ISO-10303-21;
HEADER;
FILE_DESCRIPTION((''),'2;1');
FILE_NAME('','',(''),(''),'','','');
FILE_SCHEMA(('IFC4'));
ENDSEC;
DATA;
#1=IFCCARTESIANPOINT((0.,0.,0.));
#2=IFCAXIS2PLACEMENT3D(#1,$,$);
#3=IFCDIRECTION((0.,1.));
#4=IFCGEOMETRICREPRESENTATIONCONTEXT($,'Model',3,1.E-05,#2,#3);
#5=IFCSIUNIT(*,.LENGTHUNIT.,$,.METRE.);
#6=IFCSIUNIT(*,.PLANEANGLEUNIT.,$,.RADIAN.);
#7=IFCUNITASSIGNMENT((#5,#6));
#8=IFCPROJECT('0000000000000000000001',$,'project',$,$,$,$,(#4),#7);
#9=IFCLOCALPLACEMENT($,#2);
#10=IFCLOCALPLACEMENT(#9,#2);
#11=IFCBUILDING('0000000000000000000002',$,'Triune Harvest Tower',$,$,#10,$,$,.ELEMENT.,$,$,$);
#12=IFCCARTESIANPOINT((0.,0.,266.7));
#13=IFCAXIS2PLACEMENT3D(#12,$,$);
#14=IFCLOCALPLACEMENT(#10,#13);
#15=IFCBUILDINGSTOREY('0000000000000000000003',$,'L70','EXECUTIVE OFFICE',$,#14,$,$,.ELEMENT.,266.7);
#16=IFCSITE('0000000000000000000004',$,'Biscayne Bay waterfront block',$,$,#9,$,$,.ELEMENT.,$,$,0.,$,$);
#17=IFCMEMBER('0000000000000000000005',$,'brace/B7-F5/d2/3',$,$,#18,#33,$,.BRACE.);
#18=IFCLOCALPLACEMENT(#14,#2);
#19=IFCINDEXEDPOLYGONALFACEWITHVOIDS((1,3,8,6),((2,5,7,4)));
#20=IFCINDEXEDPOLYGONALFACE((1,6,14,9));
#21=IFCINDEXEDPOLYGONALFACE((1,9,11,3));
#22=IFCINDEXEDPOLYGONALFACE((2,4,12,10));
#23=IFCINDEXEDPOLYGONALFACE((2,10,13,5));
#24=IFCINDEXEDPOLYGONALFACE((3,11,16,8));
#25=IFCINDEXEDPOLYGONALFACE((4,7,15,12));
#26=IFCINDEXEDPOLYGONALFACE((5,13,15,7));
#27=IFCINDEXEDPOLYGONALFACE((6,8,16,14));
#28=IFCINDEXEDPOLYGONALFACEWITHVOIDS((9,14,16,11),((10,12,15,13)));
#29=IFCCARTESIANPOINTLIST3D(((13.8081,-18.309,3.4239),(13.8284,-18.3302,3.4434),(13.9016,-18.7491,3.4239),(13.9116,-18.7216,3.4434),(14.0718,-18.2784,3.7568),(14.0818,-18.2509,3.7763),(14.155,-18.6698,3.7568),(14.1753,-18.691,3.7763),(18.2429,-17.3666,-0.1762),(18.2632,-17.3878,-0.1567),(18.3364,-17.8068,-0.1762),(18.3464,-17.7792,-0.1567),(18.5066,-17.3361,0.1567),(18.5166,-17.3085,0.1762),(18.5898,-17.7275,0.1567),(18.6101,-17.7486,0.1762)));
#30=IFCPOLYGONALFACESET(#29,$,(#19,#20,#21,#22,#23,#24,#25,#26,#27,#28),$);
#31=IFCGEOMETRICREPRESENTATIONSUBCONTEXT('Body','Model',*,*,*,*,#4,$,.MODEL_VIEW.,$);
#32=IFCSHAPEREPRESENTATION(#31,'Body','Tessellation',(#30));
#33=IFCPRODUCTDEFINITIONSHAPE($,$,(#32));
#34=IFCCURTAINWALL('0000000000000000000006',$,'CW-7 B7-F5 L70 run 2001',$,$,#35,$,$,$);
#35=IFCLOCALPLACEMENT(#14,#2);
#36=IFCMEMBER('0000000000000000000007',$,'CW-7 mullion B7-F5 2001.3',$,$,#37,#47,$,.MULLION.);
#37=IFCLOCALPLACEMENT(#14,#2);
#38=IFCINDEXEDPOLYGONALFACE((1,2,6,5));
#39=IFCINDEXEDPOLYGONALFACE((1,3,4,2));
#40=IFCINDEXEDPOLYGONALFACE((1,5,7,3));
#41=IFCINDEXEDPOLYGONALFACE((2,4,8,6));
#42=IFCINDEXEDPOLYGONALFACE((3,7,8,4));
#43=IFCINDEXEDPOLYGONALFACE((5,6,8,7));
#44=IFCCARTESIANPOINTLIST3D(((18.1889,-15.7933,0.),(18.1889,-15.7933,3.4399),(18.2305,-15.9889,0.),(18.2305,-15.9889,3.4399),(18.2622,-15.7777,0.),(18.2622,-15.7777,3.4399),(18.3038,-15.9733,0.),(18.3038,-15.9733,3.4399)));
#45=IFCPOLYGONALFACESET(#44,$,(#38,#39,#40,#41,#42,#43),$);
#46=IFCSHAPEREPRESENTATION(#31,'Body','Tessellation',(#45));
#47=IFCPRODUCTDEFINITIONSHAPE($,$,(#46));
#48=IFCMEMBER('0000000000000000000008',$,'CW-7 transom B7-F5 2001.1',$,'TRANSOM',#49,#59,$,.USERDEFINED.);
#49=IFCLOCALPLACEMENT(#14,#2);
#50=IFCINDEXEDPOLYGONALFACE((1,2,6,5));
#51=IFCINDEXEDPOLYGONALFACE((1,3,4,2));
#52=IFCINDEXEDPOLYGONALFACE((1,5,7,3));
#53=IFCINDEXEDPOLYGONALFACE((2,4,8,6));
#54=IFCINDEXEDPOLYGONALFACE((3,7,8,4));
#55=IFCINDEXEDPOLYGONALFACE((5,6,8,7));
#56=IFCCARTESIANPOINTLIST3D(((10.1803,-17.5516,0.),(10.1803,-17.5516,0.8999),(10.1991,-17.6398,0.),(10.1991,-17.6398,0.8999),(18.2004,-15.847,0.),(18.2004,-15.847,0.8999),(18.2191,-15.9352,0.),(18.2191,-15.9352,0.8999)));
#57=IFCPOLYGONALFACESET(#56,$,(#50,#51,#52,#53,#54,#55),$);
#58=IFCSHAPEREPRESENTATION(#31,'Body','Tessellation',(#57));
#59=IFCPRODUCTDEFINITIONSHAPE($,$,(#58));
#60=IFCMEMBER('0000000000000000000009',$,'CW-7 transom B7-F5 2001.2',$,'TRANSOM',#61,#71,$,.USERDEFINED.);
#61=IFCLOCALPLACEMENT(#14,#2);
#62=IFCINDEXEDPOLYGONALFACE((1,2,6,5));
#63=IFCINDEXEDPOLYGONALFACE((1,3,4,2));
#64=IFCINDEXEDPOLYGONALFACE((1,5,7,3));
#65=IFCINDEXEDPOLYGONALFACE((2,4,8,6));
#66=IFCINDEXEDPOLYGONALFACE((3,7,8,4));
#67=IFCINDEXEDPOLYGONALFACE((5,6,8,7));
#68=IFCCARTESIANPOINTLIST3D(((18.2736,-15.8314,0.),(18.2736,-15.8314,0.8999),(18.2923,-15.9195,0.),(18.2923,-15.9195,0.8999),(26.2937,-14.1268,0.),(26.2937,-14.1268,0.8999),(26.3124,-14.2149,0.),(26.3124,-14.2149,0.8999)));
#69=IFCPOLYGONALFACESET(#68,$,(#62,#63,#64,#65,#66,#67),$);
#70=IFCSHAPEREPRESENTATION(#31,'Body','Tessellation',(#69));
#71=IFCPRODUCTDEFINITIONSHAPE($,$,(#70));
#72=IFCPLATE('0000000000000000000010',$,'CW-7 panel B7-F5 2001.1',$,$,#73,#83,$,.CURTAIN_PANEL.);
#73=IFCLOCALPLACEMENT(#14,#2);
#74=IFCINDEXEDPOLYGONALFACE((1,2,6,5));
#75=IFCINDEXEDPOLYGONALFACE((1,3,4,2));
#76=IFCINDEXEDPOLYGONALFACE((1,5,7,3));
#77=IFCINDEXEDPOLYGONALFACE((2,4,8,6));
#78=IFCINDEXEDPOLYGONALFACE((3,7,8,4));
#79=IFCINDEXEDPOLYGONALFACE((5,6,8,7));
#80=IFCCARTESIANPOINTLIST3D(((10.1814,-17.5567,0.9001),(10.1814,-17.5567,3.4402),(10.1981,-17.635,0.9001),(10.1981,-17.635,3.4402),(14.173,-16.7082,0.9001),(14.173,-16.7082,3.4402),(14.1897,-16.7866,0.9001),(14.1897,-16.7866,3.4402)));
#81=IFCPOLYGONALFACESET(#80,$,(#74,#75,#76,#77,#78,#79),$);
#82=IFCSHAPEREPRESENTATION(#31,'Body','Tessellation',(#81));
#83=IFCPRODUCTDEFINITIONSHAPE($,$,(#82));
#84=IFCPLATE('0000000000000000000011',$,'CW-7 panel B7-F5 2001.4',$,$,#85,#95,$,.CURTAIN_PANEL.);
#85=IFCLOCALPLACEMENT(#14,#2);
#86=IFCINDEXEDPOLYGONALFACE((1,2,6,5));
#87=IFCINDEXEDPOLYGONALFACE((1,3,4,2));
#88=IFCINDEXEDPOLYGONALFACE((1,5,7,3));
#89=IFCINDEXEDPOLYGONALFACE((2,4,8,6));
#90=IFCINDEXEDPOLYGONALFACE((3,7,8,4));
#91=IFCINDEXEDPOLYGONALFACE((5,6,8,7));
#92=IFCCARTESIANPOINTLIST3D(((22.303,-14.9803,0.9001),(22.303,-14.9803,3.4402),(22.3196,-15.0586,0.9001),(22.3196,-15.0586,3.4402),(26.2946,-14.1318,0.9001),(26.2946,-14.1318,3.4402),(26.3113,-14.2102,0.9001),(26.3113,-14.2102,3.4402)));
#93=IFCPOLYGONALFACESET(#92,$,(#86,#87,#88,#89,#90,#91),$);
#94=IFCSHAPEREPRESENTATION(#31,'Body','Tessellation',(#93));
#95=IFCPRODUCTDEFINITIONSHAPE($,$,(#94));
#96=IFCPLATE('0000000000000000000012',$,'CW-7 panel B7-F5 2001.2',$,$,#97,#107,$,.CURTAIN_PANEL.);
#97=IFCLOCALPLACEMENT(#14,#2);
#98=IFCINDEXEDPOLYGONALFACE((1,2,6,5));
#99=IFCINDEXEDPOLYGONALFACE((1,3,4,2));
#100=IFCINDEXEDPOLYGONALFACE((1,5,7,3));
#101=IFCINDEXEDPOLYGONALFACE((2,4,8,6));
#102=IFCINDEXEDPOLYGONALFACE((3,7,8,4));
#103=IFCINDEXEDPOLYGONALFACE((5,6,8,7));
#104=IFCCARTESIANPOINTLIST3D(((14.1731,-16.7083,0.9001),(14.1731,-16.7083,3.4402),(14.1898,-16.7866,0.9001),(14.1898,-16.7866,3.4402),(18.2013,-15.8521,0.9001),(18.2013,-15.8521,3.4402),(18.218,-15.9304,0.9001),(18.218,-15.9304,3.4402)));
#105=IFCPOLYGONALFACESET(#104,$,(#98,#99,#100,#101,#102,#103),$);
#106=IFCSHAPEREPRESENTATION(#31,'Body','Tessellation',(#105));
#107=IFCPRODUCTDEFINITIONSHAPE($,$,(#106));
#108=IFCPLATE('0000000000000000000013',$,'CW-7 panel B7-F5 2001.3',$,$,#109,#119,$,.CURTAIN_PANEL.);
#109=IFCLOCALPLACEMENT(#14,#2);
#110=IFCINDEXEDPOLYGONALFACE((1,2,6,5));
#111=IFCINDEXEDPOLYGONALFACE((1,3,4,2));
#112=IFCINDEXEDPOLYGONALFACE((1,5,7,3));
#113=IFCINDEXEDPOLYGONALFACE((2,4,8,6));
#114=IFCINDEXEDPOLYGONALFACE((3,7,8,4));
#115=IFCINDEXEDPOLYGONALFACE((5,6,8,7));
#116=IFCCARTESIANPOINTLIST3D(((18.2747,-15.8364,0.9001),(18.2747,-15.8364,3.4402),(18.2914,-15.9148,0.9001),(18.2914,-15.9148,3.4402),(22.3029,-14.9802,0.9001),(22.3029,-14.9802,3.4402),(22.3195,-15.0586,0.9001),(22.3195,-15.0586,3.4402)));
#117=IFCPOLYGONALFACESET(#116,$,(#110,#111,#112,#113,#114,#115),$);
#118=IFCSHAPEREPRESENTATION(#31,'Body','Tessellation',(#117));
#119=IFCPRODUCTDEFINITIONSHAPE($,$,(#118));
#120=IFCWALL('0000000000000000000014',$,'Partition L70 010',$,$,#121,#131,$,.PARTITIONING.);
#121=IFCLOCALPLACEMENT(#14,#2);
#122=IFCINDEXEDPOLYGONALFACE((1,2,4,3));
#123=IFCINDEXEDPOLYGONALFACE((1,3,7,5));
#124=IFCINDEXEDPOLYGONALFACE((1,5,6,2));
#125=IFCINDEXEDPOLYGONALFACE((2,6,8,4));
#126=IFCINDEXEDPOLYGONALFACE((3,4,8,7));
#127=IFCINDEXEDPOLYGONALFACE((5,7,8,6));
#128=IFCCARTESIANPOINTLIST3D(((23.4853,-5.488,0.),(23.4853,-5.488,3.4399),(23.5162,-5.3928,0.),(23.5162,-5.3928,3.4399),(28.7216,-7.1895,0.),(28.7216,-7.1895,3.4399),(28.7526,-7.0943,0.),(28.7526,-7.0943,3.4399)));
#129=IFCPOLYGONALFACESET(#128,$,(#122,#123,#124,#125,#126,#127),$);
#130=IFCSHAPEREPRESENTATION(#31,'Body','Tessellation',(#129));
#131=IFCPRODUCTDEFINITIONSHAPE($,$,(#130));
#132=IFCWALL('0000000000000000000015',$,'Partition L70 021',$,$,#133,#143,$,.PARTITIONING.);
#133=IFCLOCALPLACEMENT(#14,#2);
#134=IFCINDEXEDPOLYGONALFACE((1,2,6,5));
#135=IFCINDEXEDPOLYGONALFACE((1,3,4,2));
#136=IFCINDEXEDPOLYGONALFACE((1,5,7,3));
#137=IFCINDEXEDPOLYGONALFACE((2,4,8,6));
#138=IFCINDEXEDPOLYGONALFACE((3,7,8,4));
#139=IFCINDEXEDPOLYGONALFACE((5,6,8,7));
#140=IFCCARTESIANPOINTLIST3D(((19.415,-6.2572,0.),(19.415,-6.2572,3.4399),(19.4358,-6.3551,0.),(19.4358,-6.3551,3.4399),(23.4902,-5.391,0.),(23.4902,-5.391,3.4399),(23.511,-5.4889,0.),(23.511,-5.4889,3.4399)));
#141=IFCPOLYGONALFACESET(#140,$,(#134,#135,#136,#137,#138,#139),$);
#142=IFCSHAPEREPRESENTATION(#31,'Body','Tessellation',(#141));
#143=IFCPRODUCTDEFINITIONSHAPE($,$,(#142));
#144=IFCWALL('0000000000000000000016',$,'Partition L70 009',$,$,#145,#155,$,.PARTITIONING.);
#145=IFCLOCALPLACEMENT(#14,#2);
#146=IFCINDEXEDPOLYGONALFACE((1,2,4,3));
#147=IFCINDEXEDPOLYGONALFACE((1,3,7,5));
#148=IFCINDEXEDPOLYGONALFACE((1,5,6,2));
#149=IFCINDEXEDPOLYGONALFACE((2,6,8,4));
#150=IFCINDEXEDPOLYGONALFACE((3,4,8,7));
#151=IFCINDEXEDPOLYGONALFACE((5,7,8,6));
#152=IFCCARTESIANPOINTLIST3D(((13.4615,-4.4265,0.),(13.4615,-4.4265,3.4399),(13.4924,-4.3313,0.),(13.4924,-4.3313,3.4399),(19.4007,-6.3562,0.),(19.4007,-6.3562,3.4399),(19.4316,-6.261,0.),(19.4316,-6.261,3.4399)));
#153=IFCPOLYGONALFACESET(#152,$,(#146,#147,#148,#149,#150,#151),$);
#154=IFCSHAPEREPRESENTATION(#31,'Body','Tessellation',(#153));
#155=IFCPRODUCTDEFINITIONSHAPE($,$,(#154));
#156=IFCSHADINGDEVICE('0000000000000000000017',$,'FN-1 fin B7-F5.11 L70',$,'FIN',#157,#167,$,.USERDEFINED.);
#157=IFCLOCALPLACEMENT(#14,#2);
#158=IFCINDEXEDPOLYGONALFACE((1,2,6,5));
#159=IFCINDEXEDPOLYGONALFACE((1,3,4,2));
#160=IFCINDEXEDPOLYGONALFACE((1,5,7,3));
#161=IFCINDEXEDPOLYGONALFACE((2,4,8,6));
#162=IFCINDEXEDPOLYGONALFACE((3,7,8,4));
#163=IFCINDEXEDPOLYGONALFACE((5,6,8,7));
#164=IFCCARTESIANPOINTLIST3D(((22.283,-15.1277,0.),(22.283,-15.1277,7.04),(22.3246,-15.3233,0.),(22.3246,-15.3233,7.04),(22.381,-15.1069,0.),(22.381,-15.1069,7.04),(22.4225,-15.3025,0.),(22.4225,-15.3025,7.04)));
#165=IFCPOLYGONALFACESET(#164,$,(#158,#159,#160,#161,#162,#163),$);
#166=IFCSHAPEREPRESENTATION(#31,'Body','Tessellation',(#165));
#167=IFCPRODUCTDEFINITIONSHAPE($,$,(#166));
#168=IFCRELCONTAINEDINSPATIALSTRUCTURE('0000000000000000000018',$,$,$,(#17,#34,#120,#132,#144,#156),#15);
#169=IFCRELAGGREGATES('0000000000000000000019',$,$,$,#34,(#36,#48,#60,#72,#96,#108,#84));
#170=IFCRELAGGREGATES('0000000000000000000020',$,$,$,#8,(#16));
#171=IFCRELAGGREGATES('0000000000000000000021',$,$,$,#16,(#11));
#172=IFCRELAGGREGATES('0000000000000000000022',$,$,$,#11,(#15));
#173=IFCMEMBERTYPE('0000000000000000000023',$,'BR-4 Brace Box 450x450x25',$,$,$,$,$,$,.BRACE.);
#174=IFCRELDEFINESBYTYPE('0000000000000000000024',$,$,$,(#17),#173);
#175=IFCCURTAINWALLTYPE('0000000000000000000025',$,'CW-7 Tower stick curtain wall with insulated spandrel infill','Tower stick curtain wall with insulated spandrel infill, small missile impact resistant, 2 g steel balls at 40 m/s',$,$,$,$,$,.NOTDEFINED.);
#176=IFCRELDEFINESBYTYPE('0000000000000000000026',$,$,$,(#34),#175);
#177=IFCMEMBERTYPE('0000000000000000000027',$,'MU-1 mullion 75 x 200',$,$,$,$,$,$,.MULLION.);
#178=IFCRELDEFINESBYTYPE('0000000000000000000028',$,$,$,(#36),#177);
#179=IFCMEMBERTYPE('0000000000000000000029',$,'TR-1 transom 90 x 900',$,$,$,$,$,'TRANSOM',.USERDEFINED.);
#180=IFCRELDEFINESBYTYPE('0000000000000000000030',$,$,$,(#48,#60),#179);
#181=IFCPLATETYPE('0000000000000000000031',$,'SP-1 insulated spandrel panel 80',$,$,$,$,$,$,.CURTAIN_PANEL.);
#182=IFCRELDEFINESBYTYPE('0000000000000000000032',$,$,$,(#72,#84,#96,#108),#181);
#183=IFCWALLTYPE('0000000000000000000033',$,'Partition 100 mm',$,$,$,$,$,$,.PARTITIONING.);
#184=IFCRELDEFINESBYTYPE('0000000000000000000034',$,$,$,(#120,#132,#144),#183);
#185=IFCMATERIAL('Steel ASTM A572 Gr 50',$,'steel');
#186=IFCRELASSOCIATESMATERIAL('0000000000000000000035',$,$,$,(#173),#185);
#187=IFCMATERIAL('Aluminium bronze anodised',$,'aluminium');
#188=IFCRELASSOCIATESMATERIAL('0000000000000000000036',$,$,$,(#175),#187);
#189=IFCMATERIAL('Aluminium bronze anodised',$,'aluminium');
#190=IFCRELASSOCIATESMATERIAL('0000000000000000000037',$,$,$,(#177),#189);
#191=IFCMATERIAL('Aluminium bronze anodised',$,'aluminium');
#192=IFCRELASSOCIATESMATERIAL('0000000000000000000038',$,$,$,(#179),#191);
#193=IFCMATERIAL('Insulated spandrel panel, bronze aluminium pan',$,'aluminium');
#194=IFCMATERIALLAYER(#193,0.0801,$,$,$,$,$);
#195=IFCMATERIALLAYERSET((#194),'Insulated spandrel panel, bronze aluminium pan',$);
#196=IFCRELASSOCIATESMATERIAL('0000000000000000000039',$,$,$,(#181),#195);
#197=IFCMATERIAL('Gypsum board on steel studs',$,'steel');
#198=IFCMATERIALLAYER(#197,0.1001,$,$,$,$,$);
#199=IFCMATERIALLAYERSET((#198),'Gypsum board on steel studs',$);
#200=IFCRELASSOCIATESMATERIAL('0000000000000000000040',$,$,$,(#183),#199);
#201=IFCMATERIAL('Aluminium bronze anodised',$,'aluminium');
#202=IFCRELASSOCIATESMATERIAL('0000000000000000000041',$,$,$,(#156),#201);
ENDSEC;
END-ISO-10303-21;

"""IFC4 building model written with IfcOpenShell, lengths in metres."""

from ifc_helpers import new_model, si_unit, direction, frame, frame_2d, origin, origin_2d, place, context, subcontext, project, spatial, rectangle, hollow_rectangle, extrude, source, transform, mapped, material, layer, layer_set, material_profile, profile_set, type_object, element, aggregate, save


model = new_model("IFC4")

# Units and contexts
model_context = context("Model", 3, precision=1e-05, world=origin(), true_north=direction((0.0, 1.0)))
body_context = subcontext(model_context, "Body", "Model", "MODEL_VIEW")
ifc_project = project(units=[si_unit("LENGTHUNIT", "METRE"), si_unit("PLANEANGLEUNIT", "RADIAN")], contexts=[model_context])

# Site, building, storey
site_placement = place(None, origin())
site = spatial("IfcSite", under=ifc_project, at=site_placement, Name="Biscayne Bay waterfront block", CompositionType="ELEMENT", RefElevation=0.0)
building_placement = place(site_placement, origin())
building = spatial("IfcBuilding", under=site, at=building_placement, Name="Triune Harvest Tower", CompositionType="ELEMENT")
storey_placement = place(building_placement, frame((0.0, 0.0, 266.7)))
storey = spatial("IfcBuildingStorey", under=building, at=storey_placement, Name="L70", Description="EXECUTIVE OFFICE", CompositionType="ELEMENT", Elevation=266.7)

# Member
ifc_material_1 = material(Name="Steel ASTM A572 Gr 50", Category="steel")
ifc_material_profile_1 = material_profile(ifc_material_1, hollow_rectangle(XDim=0.45, YDim=0.45, WallThickness=0.0249, at=origin_2d()), Name="Box 450x450x25")
ifc_profile_set_1 = profile_set([ifc_material_profile_1], Name="Steel ASTM A572 Gr 50")
member_type_1 = type_object("IfcMemberType", Name="BR-4 Brace Box 450x450x25", PredefinedType="BRACE", material=ifc_profile_set_1)
shared_shape_1 = source(origin(), body_context, "Body", "SweptSolid", [
    extrude(hollow_rectangle(XDim=0.45, YDim=0.45, WallThickness=0.0249, at=origin_2d()), origin(), (0.0, 0.0, 1.0), 5.7893),
])
member_1_placement = place(storey_placement, frame((18.4265, -17.5576, 0.0), z_axis=(-0.766032, -0.162779, 0.62185), x_axis=(0.207856, -0.97816, 0.0)))
element("IfcMember", 1, at=member_1_placement, inside=storey, type_object=member_type_1, Name="brace/B7-F5/d2/3", PredefinedType="BRACE", context=body_context, shape_type="MappedRepresentation", body=[
    mapped(shared_shape_1, transform((0.0, 0.0, 0.0), scale=1.0)),
])

# Curtain wall, members, plates
ifc_material_2 = material(Name="Aluminium bronze anodised", Category="aluminium")
curtain_wall_type = type_object("IfcCurtainWallType", Name="CW-7 Tower stick curtain wall with insulated spandrel infill", Description="Tower stick curtain wall with insulated spandrel infill, small missile impact resistant, 2 g steel balls at 40 m/s", PredefinedType="NOTDEFINED", material=ifc_material_2)
curtain_wall_placement = place(storey_placement, origin())
curtain_wall = element("IfcCurtainWall", 2, at=curtain_wall_placement, inside=storey, type_object=curtain_wall_type, Name="CW-7 B7-F5 L70 run 2001")
ifc_material_3 = material(Name="Aluminium bronze anodised", Category="aluminium")
ifc_material_profile_2 = material_profile(ifc_material_3, rectangle(XDim=0.2, YDim=0.075, at=origin_2d()), Name="MU-1 mullion 75 x 200")
ifc_profile_set_2 = profile_set([ifc_material_profile_2], Name="Aluminium bronze anodised")
member_type_2 = type_object("IfcMemberType", Name="MU-1 mullion 75 x 200", PredefinedType="MULLION", material=ifc_profile_set_2)
shared_shape_2 = source(origin(), body_context, "Body", "SweptSolid", [
    extrude(rectangle(XDim=0.2, YDim=0.075, at=origin_2d()), origin(), (0.0, 0.0, 1.0), 3.4399),
])
member_2_placement = place(storey_placement, frame((18.2463, -15.8833, 0.0), z_axis=(0.0, 0.0, 1.0), x_axis=(-0.207909, 0.978148, 0.0)))
member_2 = element("IfcMember", 3, at=member_2_placement, type_object=member_type_2, Name="CW-7 mullion B7-F5 2001.3", PredefinedType="MULLION", context=body_context, shape_type="MappedRepresentation", body=[
    mapped(shared_shape_2, transform((0.0, 0.0, 0.0), scale=1.0)),
])
ifc_material_4 = material(Name="Aluminium bronze anodised", Category="aluminium")
ifc_material_profile_3 = material_profile(ifc_material_4, rectangle(XDim=0.0901, YDim=0.8999, at=origin_2d()), Name="TR-1 transom 90 x 900")
ifc_profile_set_3 = profile_set([ifc_material_profile_3], Name="Aluminium bronze anodised")
member_type_3 = type_object("IfcMemberType", Name="TR-1 transom 90 x 900", ElementType="TRANSOM", PredefinedType="USERDEFINED", material=ifc_profile_set_3)
shared_shape_3 = source(origin(), body_context, "Body", "SweptSolid", [
    extrude(rectangle(XDim=0.0901, YDim=0.8999, at=origin_2d()), origin(), (0.0, 0.0, 1.0), 8.1992),
])
member_3_placement = place(storey_placement, frame((10.1897, -17.5957, 0.45), z_axis=(0.978151, 0.207898, 0.0), x_axis=(-0.207898, 0.978151, 0.0)))
member_3 = element("IfcMember", 4, at=member_3_placement, type_object=member_type_3, Name="CW-7 transom B7-F5 2001.1", ObjectType="TRANSOM", PredefinedType="USERDEFINED", context=body_context, shape_type="MappedRepresentation", body=[
    mapped(shared_shape_3, transform((0.0, 0.0, 0.0), scale=1.0)),
])
member_4_placement = place(storey_placement, frame((18.283, -15.8755, 0.45), z_axis=(0.978151, 0.207898, 0.0), x_axis=(-0.207898, 0.978151, 0.0)))
member_4 = element("IfcMember", 5, at=member_4_placement, type_object=member_type_3, Name="CW-7 transom B7-F5 2001.2", ObjectType="TRANSOM", PredefinedType="USERDEFINED", context=body_context, shape_type="MappedRepresentation", body=[
    mapped(shared_shape_3, transform((0.0, 0.0, 0.0), scale=1.0)),
])
ifc_material_5 = material(Name="Insulated spandrel panel, bronze aluminium pan", Category="aluminium")
ifc_layer_1 = layer(ifc_material_5, 0.0801)
ifc_layer_set_1 = layer_set([ifc_layer_1], Name="Insulated spandrel panel, bronze aluminium pan")
plate_type = type_object("IfcPlateType", Name="SP-1 insulated spandrel panel 80", PredefinedType="CURTAIN_PANEL", material=ifc_layer_set_1)
shared_shape_4 = source(origin(), body_context, "Body", "SweptSolid", [
    extrude(rectangle(XDim=4.0808, YDim=0.0801, at=origin_2d()), origin(), (0.0, 0.0, 1.0), 2.54),
])
plate_1_placement = place(storey_placement, frame((12.1855, -17.1716, 0.9001), z_axis=(0.0, 0.0, 1.0), x_axis=(0.978148, 0.207909, 0.0)))
plate_1 = element("IfcPlate", 6, at=plate_1_placement, type_object=plate_type, Name="CW-7 panel B7-F5 2001.1", PredefinedType="CURTAIN_PANEL", context=body_context, shape_type="MappedRepresentation", body=[
    mapped(shared_shape_4, transform((0.0, 0.0, 0.0), scale=1.0)),
])
plate_2_placement = place(storey_placement, frame((24.3071, -14.5952, 0.9001), z_axis=(0.0, 0.0, 1.0), x_axis=(0.978148, 0.207909, 0.0)))
plate_2 = element("IfcPlate", 7, at=plate_2_placement, type_object=plate_type, Name="CW-7 panel B7-F5 2001.4", PredefinedType="CURTAIN_PANEL", context=body_context, shape_type="MappedRepresentation", body=[
    mapped(shared_shape_4, transform((0.0, 0.0, 0.0), scale=1.0)),
])
shared_shape_5 = source(origin(), body_context, "Body", "SweptSolid", [
    extrude(rectangle(XDim=4.1182, YDim=0.0801, at=origin_2d()), origin(), (0.0, 0.0, 1.0), 2.54),
])
plate_3_placement = place(storey_placement, frame((16.1956, -16.3193, 0.9001), z_axis=(0.0, 0.0, 1.0), x_axis=(0.978148, 0.207909, 0.0)))
plate_3 = element("IfcPlate", 8, at=plate_3_placement, type_object=plate_type, Name="CW-7 panel B7-F5 2001.2", PredefinedType="CURTAIN_PANEL", context=body_context, shape_type="MappedRepresentation", body=[
    mapped(shared_shape_5, transform((0.0, 0.0, 0.0), scale=1.0)),
])
plate_4_placement = place(storey_placement, frame((20.2971, -15.4475, 0.9001), z_axis=(0.0, 0.0, 1.0), x_axis=(0.978148, 0.207909, 0.0)))
plate_4 = element("IfcPlate", 9, at=plate_4_placement, type_object=plate_type, Name="CW-7 panel B7-F5 2001.3", PredefinedType="CURTAIN_PANEL", context=body_context, shape_type="MappedRepresentation", body=[
    mapped(shared_shape_5, transform((0.0, 0.0, 0.0), scale=1.0)),
])
aggregate(curtain_wall, [member_2, member_3, member_4, plate_1, plate_3, plate_4, plate_2])

# Walls
ifc_material_6 = material(Name="Gypsum board on steel studs", Category="steel")
ifc_layer_2 = layer(ifc_material_6, 0.1001)
ifc_layer_set_2 = layer_set([ifc_layer_2], Name="Gypsum board on steel studs")
wall_type = type_object("IfcWallType", Name="Partition 100 mm", PredefinedType="PARTITIONING", material=ifc_layer_set_2)
wall_1_placement = place(storey_placement, frame((23.5007, -5.4404, 0.0), z_axis=(0.0, 0.0, 1.0), x_axis=(0.951055, -0.309022, 0.0)))
element("IfcWall", 10, at=wall_1_placement, inside=storey, type_object=wall_type, Name="Partition L70 010", PredefinedType="PARTITIONING", context=body_context, shape_type="SweptSolid", body=[
    extrude(rectangle(XDim=5.5059, YDim=0.1001, at=frame_2d((2.7529, 0.0))), origin(), (0.0, 0.0, 1.0), 3.4399),
])
wall_2_placement = place(storey_placement, frame((19.4255, -6.3062, 0.0), z_axis=(0.0, 0.0, 1.0), x_axis=(0.978148, 0.207912, 0.0)))
element("IfcWall", 11, at=wall_2_placement, inside=storey, type_object=wall_type, Name="Partition L70 021", PredefinedType="PARTITIONING", context=body_context, shape_type="SweptSolid", body=[
    extrude(rectangle(XDim=4.1663, YDim=0.1001, at=frame_2d((2.083, 0.0))), origin(), (0.0, 0.0, 1.0), 3.4399),
])
shared_shape_6 = source(origin(), body_context, "Body", "SweptSolid", [
    extrude(rectangle(XDim=6.2449, YDim=0.1001, at=frame_2d((3.1226, 0.0))), origin(), (0.0, 0.0, 1.0), 3.4399),
])
wall_3_placement = place(storey_placement, frame((13.4768, -4.3789, 0.0), z_axis=(0.0, 0.0, 1.0), x_axis=(0.95106, -0.309006, 0.0)))
element("IfcWall", 12, at=wall_3_placement, inside=storey, type_object=wall_type, Name="Partition L70 009", PredefinedType="PARTITIONING", context=body_context, shape_type="MappedRepresentation", body=[
    mapped(shared_shape_6, transform((0.0, 0.0, 0.0), scale=1.0)),
])

# Shading device
ifc_material_7 = material(Name="Aluminium bronze anodised", Category="aluminium")
shared_shape_7 = source(origin(), body_context, "Body", "SweptSolid", [
    extrude(rectangle(XDim=0.1001, YDim=0.2, at=origin_2d()), origin(), (0.0, 0.0, 1.0), 7.04),
])
shading_device_1_placement = place(storey_placement, frame((22.3528, -15.2151, 0.0), z_axis=(0.0, 0.0, 1.0), x_axis=(0.978148, 0.207911, 0.0)))
element("IfcShadingDevice", 13, at=shading_device_1_placement, inside=storey, material=ifc_material_7, Name="FN-1 fin B7-F5.11 L70", ObjectType="FIN", PredefinedType="USERDEFINED", context=body_context, shape_type="MappedRepresentation", body=[
    mapped(shared_shape_7, transform((0.0, 0.0, 0.0), scale=1.0)),
])

save(model, "model.ifc")
